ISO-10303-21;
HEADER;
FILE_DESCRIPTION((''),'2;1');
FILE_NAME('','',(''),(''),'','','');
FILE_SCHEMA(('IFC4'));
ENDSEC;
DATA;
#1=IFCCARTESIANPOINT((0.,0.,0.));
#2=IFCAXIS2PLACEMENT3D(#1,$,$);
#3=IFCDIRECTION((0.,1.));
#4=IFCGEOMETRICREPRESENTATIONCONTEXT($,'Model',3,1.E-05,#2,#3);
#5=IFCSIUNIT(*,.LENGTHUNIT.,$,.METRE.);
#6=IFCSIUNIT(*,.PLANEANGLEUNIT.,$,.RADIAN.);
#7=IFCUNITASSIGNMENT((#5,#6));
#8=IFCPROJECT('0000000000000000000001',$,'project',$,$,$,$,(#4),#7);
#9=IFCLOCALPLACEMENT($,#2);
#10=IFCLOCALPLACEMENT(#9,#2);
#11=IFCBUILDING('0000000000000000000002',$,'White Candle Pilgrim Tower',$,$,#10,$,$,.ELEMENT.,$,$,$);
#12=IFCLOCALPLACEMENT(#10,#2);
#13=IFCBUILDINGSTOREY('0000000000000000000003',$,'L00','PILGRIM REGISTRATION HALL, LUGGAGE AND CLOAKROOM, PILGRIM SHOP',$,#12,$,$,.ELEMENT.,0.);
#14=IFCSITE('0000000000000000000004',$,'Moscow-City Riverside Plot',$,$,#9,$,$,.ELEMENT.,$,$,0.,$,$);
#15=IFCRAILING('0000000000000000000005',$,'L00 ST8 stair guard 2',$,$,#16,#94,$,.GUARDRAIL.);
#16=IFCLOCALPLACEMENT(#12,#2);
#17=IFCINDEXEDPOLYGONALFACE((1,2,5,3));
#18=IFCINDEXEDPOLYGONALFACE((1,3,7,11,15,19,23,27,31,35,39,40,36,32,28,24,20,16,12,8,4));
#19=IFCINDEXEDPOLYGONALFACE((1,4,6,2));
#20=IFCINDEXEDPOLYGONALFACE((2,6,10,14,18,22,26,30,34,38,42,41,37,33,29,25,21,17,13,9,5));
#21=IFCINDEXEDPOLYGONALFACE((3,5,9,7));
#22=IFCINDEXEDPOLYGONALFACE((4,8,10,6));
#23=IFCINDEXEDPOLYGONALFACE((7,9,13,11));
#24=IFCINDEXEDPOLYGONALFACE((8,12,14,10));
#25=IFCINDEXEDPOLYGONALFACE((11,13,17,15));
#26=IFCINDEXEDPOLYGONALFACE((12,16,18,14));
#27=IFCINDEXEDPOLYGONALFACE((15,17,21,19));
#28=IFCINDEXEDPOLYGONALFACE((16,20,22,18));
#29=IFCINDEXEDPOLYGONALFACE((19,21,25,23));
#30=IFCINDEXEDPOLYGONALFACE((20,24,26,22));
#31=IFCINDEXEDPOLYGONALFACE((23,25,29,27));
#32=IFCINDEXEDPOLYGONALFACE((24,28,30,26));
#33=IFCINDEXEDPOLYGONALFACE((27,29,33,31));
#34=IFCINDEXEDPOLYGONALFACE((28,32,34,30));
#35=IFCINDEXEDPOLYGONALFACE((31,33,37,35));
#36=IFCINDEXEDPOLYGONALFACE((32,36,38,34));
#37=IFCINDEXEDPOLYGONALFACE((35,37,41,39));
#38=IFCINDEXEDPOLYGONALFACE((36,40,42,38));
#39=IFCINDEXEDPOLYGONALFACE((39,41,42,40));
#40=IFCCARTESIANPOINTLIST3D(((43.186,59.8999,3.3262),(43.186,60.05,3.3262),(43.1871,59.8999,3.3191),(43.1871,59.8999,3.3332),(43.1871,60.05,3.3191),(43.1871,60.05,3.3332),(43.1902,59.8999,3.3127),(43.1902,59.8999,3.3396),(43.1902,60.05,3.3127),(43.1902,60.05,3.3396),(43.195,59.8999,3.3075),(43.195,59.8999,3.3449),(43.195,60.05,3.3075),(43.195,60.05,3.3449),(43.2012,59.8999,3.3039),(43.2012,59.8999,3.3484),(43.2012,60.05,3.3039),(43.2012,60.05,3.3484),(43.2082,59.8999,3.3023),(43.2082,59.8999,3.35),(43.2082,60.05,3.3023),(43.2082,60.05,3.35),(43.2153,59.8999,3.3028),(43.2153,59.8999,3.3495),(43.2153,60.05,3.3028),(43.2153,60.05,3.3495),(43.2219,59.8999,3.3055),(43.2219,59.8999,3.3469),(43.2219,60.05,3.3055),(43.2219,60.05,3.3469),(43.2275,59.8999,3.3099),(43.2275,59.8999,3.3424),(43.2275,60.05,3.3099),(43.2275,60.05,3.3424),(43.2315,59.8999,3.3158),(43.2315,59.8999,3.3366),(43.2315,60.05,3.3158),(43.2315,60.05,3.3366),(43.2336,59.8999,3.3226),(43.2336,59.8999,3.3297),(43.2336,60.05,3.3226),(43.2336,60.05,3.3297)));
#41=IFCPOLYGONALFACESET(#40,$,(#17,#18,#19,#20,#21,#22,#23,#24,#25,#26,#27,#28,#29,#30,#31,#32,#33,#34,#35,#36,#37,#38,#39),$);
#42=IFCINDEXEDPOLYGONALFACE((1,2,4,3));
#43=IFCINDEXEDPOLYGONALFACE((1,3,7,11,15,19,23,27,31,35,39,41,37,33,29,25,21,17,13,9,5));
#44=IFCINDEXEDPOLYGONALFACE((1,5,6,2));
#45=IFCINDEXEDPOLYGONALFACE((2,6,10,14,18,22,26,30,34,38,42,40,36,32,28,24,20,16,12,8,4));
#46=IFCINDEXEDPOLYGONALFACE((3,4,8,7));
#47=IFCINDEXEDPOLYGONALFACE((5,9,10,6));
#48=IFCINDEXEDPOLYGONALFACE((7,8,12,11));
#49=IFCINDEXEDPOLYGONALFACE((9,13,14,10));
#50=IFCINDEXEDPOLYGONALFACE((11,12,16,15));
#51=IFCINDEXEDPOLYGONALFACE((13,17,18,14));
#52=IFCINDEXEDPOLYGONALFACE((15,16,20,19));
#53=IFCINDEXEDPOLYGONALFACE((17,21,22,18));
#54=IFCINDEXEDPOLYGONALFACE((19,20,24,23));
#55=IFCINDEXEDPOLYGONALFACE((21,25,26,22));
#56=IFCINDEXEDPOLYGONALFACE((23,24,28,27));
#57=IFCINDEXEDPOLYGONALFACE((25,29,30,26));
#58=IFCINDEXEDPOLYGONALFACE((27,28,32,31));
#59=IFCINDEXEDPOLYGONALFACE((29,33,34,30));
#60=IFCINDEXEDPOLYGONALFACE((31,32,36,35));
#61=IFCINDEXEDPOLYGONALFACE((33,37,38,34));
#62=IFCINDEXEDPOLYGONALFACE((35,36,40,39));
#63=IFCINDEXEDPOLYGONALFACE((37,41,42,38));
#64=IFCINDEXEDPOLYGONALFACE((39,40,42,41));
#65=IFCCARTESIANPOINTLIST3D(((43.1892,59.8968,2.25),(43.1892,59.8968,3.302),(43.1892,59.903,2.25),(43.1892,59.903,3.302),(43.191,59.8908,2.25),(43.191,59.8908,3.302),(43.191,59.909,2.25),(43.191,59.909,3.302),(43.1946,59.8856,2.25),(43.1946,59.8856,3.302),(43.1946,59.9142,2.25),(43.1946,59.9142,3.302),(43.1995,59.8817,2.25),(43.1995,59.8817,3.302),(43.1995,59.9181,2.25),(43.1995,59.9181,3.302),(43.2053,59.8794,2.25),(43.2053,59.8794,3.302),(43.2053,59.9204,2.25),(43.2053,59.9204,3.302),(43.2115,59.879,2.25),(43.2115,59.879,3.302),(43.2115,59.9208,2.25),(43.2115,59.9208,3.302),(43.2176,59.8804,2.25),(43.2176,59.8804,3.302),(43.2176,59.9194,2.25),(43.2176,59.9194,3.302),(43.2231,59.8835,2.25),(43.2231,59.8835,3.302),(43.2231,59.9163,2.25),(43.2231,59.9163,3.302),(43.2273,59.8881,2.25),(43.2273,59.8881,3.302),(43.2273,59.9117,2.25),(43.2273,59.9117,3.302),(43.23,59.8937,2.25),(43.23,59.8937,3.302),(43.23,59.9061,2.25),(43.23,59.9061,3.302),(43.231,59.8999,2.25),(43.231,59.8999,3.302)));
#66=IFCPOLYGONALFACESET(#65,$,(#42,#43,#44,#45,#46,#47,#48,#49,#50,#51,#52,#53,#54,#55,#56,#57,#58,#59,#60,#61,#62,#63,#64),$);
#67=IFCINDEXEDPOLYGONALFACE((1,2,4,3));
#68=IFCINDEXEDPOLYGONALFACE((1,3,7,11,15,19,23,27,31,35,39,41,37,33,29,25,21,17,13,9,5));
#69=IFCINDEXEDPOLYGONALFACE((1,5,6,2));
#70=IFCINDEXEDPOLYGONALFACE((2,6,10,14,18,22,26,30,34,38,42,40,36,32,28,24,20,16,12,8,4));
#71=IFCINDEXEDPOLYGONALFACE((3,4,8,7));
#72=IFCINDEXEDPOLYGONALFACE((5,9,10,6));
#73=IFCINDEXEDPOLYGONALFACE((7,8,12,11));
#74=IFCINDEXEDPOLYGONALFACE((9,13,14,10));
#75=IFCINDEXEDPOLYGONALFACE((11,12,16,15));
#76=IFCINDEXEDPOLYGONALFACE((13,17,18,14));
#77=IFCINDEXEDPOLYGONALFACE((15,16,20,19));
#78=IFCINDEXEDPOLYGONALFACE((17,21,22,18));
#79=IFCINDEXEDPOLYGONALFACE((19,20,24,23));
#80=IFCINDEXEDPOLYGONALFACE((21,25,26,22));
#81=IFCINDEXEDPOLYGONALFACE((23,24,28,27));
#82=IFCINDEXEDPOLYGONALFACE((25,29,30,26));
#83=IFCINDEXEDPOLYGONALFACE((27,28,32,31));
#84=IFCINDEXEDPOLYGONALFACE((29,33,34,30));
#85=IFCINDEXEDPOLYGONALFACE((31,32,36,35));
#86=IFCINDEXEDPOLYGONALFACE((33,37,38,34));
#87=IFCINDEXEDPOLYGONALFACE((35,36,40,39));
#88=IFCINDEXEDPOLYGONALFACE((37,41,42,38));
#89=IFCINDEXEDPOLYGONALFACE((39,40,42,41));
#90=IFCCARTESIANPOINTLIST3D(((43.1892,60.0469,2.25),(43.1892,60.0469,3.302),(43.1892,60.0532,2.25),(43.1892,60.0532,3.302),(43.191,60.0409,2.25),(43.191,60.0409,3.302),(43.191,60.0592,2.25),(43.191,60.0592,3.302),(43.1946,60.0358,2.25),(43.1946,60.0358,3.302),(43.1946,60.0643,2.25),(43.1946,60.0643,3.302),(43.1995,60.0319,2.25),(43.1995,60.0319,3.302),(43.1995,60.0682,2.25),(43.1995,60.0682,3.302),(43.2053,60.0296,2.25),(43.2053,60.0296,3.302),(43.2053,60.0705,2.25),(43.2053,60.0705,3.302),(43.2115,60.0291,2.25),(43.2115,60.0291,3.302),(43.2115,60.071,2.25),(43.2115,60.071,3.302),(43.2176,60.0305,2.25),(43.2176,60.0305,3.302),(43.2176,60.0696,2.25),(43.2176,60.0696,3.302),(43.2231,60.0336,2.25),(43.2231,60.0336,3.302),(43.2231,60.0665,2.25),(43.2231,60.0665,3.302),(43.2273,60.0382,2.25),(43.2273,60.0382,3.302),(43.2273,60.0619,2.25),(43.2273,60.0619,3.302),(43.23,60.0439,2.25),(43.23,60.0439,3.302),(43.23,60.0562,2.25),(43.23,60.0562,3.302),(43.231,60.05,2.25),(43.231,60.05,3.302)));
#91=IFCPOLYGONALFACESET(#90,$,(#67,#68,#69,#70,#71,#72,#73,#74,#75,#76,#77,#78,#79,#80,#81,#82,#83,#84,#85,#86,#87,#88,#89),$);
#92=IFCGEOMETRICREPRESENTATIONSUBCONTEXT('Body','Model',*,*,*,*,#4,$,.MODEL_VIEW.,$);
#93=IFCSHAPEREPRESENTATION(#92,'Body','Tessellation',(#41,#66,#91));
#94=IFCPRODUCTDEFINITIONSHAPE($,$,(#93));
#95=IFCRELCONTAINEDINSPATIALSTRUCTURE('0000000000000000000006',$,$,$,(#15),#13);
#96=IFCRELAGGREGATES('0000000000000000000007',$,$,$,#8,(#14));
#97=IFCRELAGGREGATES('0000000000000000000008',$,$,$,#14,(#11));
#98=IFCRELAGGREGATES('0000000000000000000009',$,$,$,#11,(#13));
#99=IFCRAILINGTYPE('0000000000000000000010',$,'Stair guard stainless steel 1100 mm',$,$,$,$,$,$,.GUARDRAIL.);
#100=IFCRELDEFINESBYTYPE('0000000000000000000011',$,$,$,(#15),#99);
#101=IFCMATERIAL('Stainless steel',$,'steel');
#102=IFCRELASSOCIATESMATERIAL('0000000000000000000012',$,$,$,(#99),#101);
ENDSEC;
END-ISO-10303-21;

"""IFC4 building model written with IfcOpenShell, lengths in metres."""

from ifc_helpers import new_model, si_unit, direction, frame, origin, origin_2d, place, context, subcontext, project, spatial, circle, extrude, material, type_object, element, save


model = new_model("IFC4")

# Units and contexts
model_context = context("Model", 3, precision=1e-05, world=origin(), true_north=direction((0.0, 1.0)))
body_context = subcontext(model_context, "Body", "Model", "MODEL_VIEW")
ifc_project = project(units=[si_unit("LENGTHUNIT", "METRE"), si_unit("PLANEANGLEUNIT", "RADIAN")], contexts=[model_context])

# Site, building, storey
site_placement = place(None, origin())
site = spatial("IfcSite", under=ifc_project, at=site_placement, Name="Moscow-City Riverside Plot", CompositionType="ELEMENT", RefElevation=0.0)
building_placement = place(site_placement, origin())
building = spatial("IfcBuilding", under=site, at=building_placement, Name="White Candle Pilgrim Tower", CompositionType="ELEMENT")
storey_placement = place(building_placement, origin())
storey = spatial("IfcBuildingStorey", under=building, at=storey_placement, Name="L00", Description="PILGRIM REGISTRATION HALL, LUGGAGE AND CLOAKROOM, PILGRIM SHOP", CompositionType="ELEMENT", Elevation=0.0)

# Railing
ifc_material_1 = material(Name="Stainless steel", Category="steel")
railing_type_1 = type_object("IfcRailingType", Name="Stair guard stainless steel 1100 mm", PredefinedType="GUARDRAIL", material=ifc_material_1)
railing_1_placement = place(storey_placement, frame((43.21, 59.8999, 2.25)))
element("IfcRailing", 1, at=railing_1_placement, inside=storey, type_object=railing_type_1, Name="L00 ST8 stair guard 2", PredefinedType="GUARDRAIL", context=body_context, shape_type="SweptSolid", body=[
    extrude(circle(Radius=0.0239, at=origin_2d()), frame((0.0, 0.0, 1.0762), z_axis=(0.0, 1.0, 0.0), x_axis=(-1.0, 0.0, 0.0)), (0.0, 0.0, 1.0), 0.1501),
    extrude(circle(Radius=0.021, at=origin_2d()), origin(), (0.0, 0.0, 1.0), 1.052),
    extrude(circle(Radius=0.021, at=origin_2d()), frame((0.0, 0.1501, 0.0)), (0.0, 0.0, 1.0), 1.052),
])

save(model, "model.ifc")
